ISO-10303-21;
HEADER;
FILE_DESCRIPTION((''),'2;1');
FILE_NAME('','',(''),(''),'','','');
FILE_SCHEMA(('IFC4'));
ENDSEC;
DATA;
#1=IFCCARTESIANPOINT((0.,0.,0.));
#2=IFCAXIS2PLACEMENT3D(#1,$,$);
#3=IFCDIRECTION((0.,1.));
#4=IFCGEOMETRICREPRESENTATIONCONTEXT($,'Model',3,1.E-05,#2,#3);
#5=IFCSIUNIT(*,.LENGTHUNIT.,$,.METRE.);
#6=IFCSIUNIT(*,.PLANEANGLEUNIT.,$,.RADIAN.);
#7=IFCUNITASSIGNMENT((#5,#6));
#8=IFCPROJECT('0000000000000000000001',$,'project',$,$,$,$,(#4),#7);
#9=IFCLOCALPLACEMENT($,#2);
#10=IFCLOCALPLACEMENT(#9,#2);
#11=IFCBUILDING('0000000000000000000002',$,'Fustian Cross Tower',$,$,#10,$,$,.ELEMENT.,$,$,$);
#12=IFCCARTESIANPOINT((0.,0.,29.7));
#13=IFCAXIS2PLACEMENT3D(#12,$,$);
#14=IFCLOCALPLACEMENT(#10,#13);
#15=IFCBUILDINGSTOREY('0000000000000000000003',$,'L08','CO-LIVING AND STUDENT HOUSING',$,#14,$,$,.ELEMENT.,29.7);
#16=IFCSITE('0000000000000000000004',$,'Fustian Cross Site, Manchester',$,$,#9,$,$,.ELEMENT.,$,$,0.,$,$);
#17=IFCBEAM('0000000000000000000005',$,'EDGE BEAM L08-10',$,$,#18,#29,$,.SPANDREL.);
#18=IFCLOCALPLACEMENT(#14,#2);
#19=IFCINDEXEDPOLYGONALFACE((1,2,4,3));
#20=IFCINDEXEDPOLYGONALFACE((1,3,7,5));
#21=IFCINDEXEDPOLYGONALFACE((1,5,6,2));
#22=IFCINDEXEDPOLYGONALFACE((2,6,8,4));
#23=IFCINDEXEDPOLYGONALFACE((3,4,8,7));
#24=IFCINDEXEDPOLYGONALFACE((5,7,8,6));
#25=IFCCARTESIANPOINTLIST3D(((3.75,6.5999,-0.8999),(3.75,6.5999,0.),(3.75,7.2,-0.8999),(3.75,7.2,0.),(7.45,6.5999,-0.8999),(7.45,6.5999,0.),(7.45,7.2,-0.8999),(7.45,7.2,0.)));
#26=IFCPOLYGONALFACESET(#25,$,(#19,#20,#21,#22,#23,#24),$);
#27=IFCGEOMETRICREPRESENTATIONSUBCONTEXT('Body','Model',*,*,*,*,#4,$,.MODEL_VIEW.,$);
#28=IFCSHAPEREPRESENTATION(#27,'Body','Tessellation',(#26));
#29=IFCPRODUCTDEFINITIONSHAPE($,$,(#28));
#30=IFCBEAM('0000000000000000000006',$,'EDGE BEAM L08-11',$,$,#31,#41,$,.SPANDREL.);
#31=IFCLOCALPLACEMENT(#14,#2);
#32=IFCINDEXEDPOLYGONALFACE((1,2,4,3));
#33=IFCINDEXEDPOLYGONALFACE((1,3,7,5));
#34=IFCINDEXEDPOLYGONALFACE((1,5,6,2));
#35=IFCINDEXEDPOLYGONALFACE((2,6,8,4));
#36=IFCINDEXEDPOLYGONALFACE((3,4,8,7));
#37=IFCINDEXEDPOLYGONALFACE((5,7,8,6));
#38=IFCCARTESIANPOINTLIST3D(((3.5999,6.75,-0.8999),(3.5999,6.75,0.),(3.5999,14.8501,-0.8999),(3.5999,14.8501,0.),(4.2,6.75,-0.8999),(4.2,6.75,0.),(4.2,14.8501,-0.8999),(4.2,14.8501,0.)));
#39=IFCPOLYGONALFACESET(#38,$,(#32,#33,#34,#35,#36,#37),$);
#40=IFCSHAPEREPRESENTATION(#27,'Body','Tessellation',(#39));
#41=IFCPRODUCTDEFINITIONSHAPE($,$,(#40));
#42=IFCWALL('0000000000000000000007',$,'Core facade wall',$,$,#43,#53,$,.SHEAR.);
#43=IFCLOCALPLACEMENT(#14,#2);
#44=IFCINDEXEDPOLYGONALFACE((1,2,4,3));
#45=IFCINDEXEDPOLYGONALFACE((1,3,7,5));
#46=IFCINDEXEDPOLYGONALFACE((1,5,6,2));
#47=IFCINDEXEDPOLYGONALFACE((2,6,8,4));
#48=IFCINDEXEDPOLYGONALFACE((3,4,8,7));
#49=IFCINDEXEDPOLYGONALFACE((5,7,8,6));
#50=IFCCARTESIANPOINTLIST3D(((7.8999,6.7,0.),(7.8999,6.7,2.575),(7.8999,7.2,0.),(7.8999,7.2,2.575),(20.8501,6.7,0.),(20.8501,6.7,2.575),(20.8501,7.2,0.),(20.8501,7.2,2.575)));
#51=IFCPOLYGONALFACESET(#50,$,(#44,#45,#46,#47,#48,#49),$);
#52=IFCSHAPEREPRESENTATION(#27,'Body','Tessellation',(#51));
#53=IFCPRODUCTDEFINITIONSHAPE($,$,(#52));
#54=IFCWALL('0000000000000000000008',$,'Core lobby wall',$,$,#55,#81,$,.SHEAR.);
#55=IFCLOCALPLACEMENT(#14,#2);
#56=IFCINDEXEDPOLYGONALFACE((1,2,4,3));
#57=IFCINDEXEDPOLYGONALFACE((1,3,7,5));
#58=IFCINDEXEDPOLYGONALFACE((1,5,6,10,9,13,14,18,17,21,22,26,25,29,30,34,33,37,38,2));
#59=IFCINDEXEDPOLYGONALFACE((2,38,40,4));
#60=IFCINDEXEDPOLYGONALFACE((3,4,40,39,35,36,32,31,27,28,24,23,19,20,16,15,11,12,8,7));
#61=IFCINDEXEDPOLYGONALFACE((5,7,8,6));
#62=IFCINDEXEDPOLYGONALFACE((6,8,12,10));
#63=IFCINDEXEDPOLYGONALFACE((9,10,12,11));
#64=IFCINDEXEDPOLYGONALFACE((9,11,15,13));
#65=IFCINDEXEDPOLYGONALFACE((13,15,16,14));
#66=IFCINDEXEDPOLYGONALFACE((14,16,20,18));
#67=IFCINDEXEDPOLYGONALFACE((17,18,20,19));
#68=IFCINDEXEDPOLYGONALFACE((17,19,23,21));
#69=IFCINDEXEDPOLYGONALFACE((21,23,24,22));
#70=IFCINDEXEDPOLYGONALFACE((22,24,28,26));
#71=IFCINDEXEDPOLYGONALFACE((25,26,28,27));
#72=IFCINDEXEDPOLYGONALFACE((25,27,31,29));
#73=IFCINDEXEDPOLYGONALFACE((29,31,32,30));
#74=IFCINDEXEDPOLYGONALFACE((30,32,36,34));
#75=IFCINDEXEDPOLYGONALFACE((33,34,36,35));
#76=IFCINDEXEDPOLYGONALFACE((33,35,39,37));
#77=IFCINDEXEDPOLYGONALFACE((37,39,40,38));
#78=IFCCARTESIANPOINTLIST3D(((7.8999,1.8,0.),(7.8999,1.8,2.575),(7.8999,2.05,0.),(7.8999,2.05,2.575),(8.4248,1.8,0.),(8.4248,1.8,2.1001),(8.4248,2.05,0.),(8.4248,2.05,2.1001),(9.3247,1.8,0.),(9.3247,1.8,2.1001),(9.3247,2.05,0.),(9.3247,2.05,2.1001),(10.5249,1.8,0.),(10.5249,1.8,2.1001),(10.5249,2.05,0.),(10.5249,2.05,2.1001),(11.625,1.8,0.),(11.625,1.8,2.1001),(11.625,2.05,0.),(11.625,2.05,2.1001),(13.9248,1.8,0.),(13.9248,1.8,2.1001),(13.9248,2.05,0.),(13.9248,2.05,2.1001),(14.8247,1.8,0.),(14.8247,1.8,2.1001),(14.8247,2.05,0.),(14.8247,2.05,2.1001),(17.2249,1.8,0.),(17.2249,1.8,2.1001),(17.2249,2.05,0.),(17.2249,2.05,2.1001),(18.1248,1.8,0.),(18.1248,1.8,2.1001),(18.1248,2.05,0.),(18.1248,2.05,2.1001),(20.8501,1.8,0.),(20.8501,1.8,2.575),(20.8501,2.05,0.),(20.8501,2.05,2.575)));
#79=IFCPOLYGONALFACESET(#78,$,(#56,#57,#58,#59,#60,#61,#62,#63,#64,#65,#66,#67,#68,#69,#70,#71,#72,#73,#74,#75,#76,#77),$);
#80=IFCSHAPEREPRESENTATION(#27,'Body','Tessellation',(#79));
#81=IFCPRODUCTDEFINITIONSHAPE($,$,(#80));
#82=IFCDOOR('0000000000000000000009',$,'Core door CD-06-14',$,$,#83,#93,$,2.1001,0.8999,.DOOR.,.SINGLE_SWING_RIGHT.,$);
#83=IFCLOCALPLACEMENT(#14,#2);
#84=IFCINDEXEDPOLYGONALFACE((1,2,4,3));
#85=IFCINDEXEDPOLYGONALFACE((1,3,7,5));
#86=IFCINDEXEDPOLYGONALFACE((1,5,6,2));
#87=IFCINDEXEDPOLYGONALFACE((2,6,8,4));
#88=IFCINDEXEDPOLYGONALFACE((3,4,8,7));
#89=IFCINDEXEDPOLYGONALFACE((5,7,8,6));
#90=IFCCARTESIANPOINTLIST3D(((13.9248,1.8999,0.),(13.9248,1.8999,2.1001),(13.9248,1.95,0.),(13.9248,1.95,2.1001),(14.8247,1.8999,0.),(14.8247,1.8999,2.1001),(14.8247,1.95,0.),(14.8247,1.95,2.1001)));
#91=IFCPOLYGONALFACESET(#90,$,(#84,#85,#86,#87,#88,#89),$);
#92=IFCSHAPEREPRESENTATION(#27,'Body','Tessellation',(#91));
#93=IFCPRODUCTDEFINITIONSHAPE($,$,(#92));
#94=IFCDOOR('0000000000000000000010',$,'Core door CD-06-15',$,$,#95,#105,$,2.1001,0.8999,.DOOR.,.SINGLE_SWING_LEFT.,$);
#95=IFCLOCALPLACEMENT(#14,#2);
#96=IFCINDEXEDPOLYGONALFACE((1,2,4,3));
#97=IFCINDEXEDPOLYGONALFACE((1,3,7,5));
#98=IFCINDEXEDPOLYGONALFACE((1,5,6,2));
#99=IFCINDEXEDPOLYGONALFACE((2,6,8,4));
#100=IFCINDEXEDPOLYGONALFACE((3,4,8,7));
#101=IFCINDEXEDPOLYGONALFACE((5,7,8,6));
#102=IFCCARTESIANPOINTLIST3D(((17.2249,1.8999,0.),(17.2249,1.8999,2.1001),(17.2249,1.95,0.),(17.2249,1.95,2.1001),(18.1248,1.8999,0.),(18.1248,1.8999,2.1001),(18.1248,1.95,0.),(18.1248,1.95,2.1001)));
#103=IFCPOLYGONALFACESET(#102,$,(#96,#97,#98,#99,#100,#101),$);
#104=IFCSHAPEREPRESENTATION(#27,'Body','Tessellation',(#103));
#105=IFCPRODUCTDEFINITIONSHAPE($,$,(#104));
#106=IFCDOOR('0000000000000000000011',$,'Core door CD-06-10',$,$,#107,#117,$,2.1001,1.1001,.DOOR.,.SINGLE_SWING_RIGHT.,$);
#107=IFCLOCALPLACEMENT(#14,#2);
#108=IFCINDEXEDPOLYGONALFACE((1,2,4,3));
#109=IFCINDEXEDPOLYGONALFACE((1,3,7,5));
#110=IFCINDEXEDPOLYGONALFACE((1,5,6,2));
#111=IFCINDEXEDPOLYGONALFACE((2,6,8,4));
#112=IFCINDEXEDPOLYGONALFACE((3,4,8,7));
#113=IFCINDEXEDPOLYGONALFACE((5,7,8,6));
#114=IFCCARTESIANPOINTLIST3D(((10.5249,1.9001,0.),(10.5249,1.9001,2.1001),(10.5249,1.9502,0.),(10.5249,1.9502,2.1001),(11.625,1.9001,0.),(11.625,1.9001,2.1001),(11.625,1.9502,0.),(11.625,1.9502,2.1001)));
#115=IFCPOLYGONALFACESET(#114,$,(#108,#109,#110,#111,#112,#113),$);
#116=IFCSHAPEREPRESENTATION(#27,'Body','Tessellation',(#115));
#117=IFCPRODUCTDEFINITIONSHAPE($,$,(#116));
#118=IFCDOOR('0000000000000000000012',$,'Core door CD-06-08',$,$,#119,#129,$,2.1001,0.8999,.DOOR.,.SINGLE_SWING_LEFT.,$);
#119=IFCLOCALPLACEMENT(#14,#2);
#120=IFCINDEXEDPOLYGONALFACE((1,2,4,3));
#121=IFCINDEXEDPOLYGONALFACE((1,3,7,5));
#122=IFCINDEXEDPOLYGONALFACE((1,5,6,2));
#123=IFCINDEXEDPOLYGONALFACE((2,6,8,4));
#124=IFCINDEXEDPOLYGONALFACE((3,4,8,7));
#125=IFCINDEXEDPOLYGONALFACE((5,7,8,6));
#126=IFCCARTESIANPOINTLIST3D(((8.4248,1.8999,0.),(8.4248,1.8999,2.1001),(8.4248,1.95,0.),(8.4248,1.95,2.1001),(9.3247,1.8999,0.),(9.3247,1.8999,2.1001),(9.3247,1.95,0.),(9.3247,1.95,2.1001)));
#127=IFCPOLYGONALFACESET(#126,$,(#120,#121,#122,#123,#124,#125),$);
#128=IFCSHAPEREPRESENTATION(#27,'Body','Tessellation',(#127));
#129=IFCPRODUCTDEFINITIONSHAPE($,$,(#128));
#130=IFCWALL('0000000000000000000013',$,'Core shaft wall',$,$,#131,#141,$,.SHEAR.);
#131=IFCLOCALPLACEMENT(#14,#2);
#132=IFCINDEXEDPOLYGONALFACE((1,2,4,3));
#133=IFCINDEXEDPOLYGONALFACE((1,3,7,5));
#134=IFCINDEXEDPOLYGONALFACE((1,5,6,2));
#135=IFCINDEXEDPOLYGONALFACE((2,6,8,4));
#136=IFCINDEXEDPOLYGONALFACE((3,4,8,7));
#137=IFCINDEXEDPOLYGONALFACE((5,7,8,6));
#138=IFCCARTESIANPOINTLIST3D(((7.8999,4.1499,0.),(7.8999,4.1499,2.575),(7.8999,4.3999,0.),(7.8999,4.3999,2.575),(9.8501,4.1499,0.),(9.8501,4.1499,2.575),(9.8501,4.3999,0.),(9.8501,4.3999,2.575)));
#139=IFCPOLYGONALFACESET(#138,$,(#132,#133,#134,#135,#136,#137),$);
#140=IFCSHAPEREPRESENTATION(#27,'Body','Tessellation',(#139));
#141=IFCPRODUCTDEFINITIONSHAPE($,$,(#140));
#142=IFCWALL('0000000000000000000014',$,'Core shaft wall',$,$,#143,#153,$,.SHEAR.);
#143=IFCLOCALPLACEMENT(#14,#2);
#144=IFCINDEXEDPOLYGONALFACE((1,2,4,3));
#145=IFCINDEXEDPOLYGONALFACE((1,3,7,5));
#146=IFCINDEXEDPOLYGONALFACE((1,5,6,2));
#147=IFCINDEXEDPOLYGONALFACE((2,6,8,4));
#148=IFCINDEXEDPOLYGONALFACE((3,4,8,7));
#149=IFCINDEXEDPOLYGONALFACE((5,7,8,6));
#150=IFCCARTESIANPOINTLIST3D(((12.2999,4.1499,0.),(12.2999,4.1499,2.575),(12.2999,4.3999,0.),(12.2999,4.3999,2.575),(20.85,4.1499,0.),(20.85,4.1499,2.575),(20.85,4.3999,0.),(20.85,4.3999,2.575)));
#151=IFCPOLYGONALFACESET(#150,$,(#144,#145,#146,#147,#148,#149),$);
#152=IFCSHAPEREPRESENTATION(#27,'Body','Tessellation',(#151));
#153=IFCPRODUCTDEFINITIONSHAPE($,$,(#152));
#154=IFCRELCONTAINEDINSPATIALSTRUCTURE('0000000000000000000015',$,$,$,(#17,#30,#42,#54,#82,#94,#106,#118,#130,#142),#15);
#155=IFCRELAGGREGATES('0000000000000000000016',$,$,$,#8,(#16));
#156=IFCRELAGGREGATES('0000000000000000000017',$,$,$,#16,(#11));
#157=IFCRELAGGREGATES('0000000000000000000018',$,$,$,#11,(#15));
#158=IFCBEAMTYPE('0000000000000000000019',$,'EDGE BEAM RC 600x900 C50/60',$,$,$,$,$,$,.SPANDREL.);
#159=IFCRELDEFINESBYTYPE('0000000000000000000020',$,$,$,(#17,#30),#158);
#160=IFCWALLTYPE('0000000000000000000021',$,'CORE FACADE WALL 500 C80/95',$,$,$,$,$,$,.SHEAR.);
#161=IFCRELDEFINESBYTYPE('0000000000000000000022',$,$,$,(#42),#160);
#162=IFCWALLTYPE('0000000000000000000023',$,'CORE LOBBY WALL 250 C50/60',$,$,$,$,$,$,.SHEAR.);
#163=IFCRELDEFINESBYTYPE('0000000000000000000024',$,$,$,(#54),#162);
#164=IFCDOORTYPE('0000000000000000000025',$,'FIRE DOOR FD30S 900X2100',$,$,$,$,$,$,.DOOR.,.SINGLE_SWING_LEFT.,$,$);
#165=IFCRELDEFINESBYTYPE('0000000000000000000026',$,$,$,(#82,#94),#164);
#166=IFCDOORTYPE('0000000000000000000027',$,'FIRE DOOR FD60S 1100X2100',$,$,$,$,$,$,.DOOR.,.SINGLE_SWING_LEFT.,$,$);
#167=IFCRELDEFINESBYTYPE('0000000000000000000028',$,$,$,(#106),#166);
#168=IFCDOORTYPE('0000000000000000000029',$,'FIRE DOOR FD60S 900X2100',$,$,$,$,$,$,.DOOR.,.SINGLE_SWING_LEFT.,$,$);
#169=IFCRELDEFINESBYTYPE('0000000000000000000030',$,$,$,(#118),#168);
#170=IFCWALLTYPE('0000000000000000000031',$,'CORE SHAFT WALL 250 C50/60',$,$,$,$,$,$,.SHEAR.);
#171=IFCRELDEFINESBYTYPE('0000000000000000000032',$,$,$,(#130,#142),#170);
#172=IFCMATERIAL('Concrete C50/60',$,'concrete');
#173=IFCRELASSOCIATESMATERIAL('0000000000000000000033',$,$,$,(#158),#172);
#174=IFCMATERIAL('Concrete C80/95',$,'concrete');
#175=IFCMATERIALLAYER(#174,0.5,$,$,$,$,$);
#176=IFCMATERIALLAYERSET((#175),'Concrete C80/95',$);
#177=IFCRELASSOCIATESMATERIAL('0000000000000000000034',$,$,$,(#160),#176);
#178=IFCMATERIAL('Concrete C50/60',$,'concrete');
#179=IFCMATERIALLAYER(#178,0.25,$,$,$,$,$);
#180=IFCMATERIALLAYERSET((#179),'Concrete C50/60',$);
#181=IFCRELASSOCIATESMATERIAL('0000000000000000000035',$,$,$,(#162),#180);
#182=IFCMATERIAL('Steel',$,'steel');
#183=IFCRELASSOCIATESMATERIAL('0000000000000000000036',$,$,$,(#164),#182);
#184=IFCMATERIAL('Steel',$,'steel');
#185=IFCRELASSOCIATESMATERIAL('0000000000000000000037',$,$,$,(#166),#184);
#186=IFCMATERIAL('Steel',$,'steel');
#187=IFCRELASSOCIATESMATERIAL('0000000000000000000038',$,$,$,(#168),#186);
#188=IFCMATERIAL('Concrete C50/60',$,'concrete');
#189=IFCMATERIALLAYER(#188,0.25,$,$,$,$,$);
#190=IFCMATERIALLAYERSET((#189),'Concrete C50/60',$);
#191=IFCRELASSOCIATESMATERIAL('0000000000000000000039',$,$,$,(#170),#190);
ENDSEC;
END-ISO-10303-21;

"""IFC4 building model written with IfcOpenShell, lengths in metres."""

from ifc_helpers import new_model, si_unit, direction, frame, frame_2d, origin, origin_2d, place, context, subcontext, project, spatial, rectangle, extrude, material, layer, layer_set, material_profile, profile_set, type_object, element, fill, save


model = new_model("IFC4")

# Units and contexts
model_context = context("Model", 3, precision=1e-05, world=origin(), true_north=direction((0.0, 1.0)))
body_context = subcontext(model_context, "Body", "Model", "MODEL_VIEW")
ifc_project = project(units=[si_unit("LENGTHUNIT", "METRE"), si_unit("PLANEANGLEUNIT", "RADIAN")], contexts=[model_context])

# Site, building, storey
site_placement = place(None, origin())
site = spatial("IfcSite", under=ifc_project, at=site_placement, Name="Fustian Cross Site, Manchester", CompositionType="ELEMENT", RefElevation=0.0)
building_placement = place(site_placement, origin())
building = spatial("IfcBuilding", under=site, at=building_placement, Name="Fustian Cross Tower", CompositionType="ELEMENT")
storey_placement = place(building_placement, frame((0.0, 0.0, 29.7)))
storey = spatial("IfcBuildingStorey", under=building, at=storey_placement, Name="L08", Description="CO-LIVING AND STUDENT HOUSING", CompositionType="ELEMENT", Elevation=29.7)

# Beams
ifc_material_1 = material(Name="Concrete C50/60", Category="concrete")
ifc_material_profile = material_profile(ifc_material_1, rectangle(XDim=0.6001, YDim=0.8999, at=origin_2d()), Name="RC 600x900")
ifc_profile_set = profile_set([ifc_material_profile], Name="Concrete C50/60")
beam_type = type_object("IfcBeamType", Name="EDGE BEAM RC 600x900 C50/60", PredefinedType="SPANDREL", material=ifc_profile_set)
beam_1_placement = place(storey_placement, frame((7.45, 6.8999, -0.45), z_axis=(-1.0, 0.0, 0.0), x_axis=(0.0, -1.0, 0.0)))
element("IfcBeam", 1, at=beam_1_placement, inside=storey, type_object=beam_type, Name="EDGE BEAM L08-10", PredefinedType="SPANDREL", context=body_context, shape_type="SweptSolid", body=[
    extrude(rectangle(XDim=0.6001, YDim=0.8999, at=origin_2d()), origin(), (0.0, 0.0, 1.0), 3.7),
])
beam_2_placement = place(storey_placement, frame((3.8999, 6.75, -0.45), z_axis=(0.0, 1.0, 0.0), x_axis=(-1.0, 0.0, 0.0)))
element("IfcBeam", 2, at=beam_2_placement, inside=storey, type_object=beam_type, Name="EDGE BEAM L08-11", PredefinedType="SPANDREL", context=body_context, shape_type="SweptSolid", body=[
    extrude(rectangle(XDim=0.6001, YDim=0.8999, at=origin_2d()), origin(), (0.0, 0.0, 1.0), 8.1001),
])

# Wall
ifc_material_2 = material(Name="Concrete C80/95", Category="concrete")
ifc_layer_1 = layer(ifc_material_2, 0.5)
ifc_layer_set_1 = layer_set([ifc_layer_1], Name="Concrete C80/95")
wall_type_1 = type_object("IfcWallType", Name="CORE FACADE WALL 500 C80/95", PredefinedType="SHEAR", material=ifc_layer_set_1)
wall_1_placement = place(storey_placement, frame((7.8999, 6.95, 0.0), z_axis=(0.0, 0.0, 1.0), x_axis=(1.0, 0.0, 0.0)))
element("IfcWall", 3, at=wall_1_placement, inside=storey, type_object=wall_type_1, Name="Core facade wall", PredefinedType="SHEAR", context=body_context, shape_type="SweptSolid", body=[
    extrude(rectangle(XDim=12.9502, YDim=0.5, at=frame_2d((6.4751, 0.0))), origin(), (0.0, 0.0, 1.0), 2.575),
])

# Wall, openings, doors
ifc_material_3 = material(Name="Concrete C50/60", Category="concrete")
ifc_layer_2 = layer(ifc_material_3, 0.25)
ifc_layer_set_2 = layer_set([ifc_layer_2], Name="Concrete C50/60")
wall_type_2 = type_object("IfcWallType", Name="CORE LOBBY WALL 250 C50/60", PredefinedType="SHEAR", material=ifc_layer_set_2)
wall_2_placement = place(storey_placement, frame((7.8999, 1.925, 0.0), z_axis=(0.0, 0.0, 1.0), x_axis=(1.0, 0.0, 0.0)))
wall_2 = element("IfcWall", 4, at=wall_2_placement, inside=storey, type_object=wall_type_2, Name="Core lobby wall", PredefinedType="SHEAR", context=body_context, shape_type="SweptSolid", body=[
    extrude(rectangle(XDim=12.9502, YDim=0.25, at=frame_2d((6.4751, 0.0))), origin(), (0.0, 0.0, 1.0), 2.575),
])
opening_1_placement = place(wall_2_placement, frame((0.5249, 0.0, 0.0)))
opening_1 = element("IfcOpeningElement", 5, at=opening_1_placement, cuts=wall_2, PredefinedType="OPENING", context=body_context, shape_type="SweptSolid", body=[
    extrude(rectangle(XDim=0.8999, YDim=2.1001, at=frame_2d((0.45, 1.05))), frame((0.0, 0.135, 0.0), z_axis=(0.0, -1.0, 0.0), x_axis=(1.0, 0.0, 0.0)), (0.0, 0.0, 1.0), 0.27),
])
opening_2_placement = place(wall_2_placement, frame((2.625, 0.0, 0.0)))
opening_2 = element("IfcOpeningElement", 6, at=opening_2_placement, cuts=wall_2, PredefinedType="OPENING", context=body_context, shape_type="SweptSolid", body=[
    extrude(rectangle(XDim=1.1001, YDim=2.1001, at=frame_2d((0.55, 1.05))), frame((0.0, 0.135, 0.0), z_axis=(0.0, -1.0, 0.0), x_axis=(1.0, 0.0, 0.0)), (0.0, 0.0, 1.0), 0.27),
])
opening_3_placement = place(wall_2_placement, frame((6.0249, 0.0, 0.0)))
opening_3 = element("IfcOpeningElement", 7, at=opening_3_placement, cuts=wall_2, PredefinedType="OPENING", context=body_context, shape_type="SweptSolid", body=[
    extrude(rectangle(XDim=0.8999, YDim=2.1001, at=frame_2d((0.45, 1.05))), frame((0.0, 0.135, 0.0), z_axis=(0.0, -1.0, 0.0), x_axis=(1.0, 0.0, 0.0)), (0.0, 0.0, 1.0), 0.27),
])
opening_4_placement = place(wall_2_placement, frame((9.325, 0.0, 0.0)))
opening_4 = element("IfcOpeningElement", 8, at=opening_4_placement, cuts=wall_2, PredefinedType="OPENING", context=body_context, shape_type="SweptSolid", body=[
    extrude(rectangle(XDim=0.8999, YDim=2.1001, at=frame_2d((0.45, 1.05))), frame((0.0, 0.135, 0.0), z_axis=(0.0, -1.0, 0.0), x_axis=(1.0, 0.0, 0.0)), (0.0, 0.0, 1.0), 0.27),
])
ifc_material_4 = material(Name="Steel", Category="steel")
door_type_1 = type_object("IfcDoorType", Name="FIRE DOOR FD30S 900X2100", OperationType="SINGLE_SWING_LEFT", PredefinedType="DOOR", material=ifc_material_4)
door_1_placement = place(opening_3_placement, origin())
door_1 = element("IfcDoor", 9, at=door_1_placement, inside=storey, type_object=door_type_1, Name="Core door CD-06-14", OperationType="SINGLE_SWING_RIGHT", OverallHeight=2.1001, OverallWidth=0.8999, PredefinedType="DOOR", context=body_context, shape_type="SweptSolid", body=[
    extrude(rectangle(XDim=0.8999, YDim=2.1001, at=frame_2d((0.45, 1.05))), frame((0.0, 0.0249, 0.0), z_axis=(0.0, -1.0, 0.0), x_axis=(1.0, 0.0, 0.0)), (0.0, 0.0, 1.0), 0.05),
])
fill(opening_3, door_1)
door_2_placement = place(opening_4_placement, origin())
door_2 = element("IfcDoor", 10, at=door_2_placement, inside=storey, type_object=door_type_1, Name="Core door CD-06-15", OperationType="SINGLE_SWING_LEFT", OverallHeight=2.1001, OverallWidth=0.8999, PredefinedType="DOOR", context=body_context, shape_type="SweptSolid", body=[
    extrude(rectangle(XDim=0.8999, YDim=2.1001, at=frame_2d((0.45, 1.05))), frame((0.0, 0.0249, 0.0), z_axis=(0.0, -1.0, 0.0), x_axis=(1.0, 0.0, 0.0)), (0.0, 0.0, 1.0), 0.05),
])
fill(opening_4, door_2)
ifc_material_5 = material(Name="Steel", Category="steel")
door_type_2 = type_object("IfcDoorType", Name="FIRE DOOR FD60S 1100X2100", OperationType="SINGLE_SWING_LEFT", PredefinedType="DOOR", material=ifc_material_5)
door_3_placement = place(opening_2_placement, frame((1.1001, 0.0, 0.0), z_axis=(0.0, 0.0, 1.0), x_axis=(-1.0, 0.0, 0.0)))
door_3 = element("IfcDoor", 11, at=door_3_placement, inside=storey, type_object=door_type_2, Name="Core door CD-06-10", OperationType="SINGLE_SWING_RIGHT", OverallHeight=2.1001, OverallWidth=1.1001, PredefinedType="DOOR", context=body_context, shape_type="SweptSolid", body=[
    extrude(rectangle(XDim=1.1001, YDim=2.1001, at=frame_2d((0.55, 1.05))), frame((0.0, 0.0249, 0.0), z_axis=(0.0, -1.0, 0.0), x_axis=(1.0, 0.0, 0.0)), (0.0, 0.0, 1.0), 0.05),
])
fill(opening_2, door_3)
ifc_material_6 = material(Name="Steel", Category="steel")
door_type_3 = type_object("IfcDoorType", Name="FIRE DOOR FD60S 900X2100", OperationType="SINGLE_SWING_LEFT", PredefinedType="DOOR", material=ifc_material_6)
door_4_placement = place(opening_1_placement, origin())
door_4 = element("IfcDoor", 12, at=door_4_placement, inside=storey, type_object=door_type_3, Name="Core door CD-06-08", OperationType="SINGLE_SWING_LEFT", OverallHeight=2.1001, OverallWidth=0.8999, PredefinedType="DOOR", context=body_context, shape_type="SweptSolid", body=[
    extrude(rectangle(XDim=0.8999, YDim=2.1001, at=frame_2d((0.45, 1.05))), frame((0.0, 0.0249, 0.0), z_axis=(0.0, -1.0, 0.0), x_axis=(1.0, 0.0, 0.0)), (0.0, 0.0, 1.0), 0.05),
])
fill(opening_1, door_4)

# Walls
ifc_material_7 = material(Name="Concrete C50/60", Category="concrete")
ifc_layer_3 = layer(ifc_material_7, 0.25)
ifc_layer_set_3 = layer_set([ifc_layer_3], Name="Concrete C50/60")
wall_type_3 = type_object("IfcWallType", Name="CORE SHAFT WALL 250 C50/60", PredefinedType="SHEAR", material=ifc_layer_set_3)
wall_3_placement = place(storey_placement, frame((7.8999, 4.2749, 0.0), z_axis=(0.0, 0.0, 1.0), x_axis=(1.0, 0.0, 0.0)))
element("IfcWall", 13, at=wall_3_placement, inside=storey, type_object=wall_type_3, Name="Core shaft wall", PredefinedType="SHEAR", context=body_context, shape_type="SweptSolid", body=[
    extrude(rectangle(XDim=1.9502, YDim=0.25, at=frame_2d((0.9751, 0.0))), origin(), (0.0, 0.0, 1.0), 2.575),
])
wall_4_placement = place(storey_placement, frame((12.3, 4.2749, 0.0), z_axis=(0.0, 0.0, 1.0), x_axis=(1.0, 0.0, 0.0)))
element("IfcWall", 14, at=wall_4_placement, inside=storey, type_object=wall_type_3, Name="Core shaft wall", PredefinedType="SHEAR", context=body_context, shape_type="SweptSolid", body=[
    extrude(rectangle(XDim=8.55, YDim=0.25, at=frame_2d((4.2749, 0.0))), origin(), (0.0, 0.0, 1.0), 2.575),
])

save(model, "model.ifc")
